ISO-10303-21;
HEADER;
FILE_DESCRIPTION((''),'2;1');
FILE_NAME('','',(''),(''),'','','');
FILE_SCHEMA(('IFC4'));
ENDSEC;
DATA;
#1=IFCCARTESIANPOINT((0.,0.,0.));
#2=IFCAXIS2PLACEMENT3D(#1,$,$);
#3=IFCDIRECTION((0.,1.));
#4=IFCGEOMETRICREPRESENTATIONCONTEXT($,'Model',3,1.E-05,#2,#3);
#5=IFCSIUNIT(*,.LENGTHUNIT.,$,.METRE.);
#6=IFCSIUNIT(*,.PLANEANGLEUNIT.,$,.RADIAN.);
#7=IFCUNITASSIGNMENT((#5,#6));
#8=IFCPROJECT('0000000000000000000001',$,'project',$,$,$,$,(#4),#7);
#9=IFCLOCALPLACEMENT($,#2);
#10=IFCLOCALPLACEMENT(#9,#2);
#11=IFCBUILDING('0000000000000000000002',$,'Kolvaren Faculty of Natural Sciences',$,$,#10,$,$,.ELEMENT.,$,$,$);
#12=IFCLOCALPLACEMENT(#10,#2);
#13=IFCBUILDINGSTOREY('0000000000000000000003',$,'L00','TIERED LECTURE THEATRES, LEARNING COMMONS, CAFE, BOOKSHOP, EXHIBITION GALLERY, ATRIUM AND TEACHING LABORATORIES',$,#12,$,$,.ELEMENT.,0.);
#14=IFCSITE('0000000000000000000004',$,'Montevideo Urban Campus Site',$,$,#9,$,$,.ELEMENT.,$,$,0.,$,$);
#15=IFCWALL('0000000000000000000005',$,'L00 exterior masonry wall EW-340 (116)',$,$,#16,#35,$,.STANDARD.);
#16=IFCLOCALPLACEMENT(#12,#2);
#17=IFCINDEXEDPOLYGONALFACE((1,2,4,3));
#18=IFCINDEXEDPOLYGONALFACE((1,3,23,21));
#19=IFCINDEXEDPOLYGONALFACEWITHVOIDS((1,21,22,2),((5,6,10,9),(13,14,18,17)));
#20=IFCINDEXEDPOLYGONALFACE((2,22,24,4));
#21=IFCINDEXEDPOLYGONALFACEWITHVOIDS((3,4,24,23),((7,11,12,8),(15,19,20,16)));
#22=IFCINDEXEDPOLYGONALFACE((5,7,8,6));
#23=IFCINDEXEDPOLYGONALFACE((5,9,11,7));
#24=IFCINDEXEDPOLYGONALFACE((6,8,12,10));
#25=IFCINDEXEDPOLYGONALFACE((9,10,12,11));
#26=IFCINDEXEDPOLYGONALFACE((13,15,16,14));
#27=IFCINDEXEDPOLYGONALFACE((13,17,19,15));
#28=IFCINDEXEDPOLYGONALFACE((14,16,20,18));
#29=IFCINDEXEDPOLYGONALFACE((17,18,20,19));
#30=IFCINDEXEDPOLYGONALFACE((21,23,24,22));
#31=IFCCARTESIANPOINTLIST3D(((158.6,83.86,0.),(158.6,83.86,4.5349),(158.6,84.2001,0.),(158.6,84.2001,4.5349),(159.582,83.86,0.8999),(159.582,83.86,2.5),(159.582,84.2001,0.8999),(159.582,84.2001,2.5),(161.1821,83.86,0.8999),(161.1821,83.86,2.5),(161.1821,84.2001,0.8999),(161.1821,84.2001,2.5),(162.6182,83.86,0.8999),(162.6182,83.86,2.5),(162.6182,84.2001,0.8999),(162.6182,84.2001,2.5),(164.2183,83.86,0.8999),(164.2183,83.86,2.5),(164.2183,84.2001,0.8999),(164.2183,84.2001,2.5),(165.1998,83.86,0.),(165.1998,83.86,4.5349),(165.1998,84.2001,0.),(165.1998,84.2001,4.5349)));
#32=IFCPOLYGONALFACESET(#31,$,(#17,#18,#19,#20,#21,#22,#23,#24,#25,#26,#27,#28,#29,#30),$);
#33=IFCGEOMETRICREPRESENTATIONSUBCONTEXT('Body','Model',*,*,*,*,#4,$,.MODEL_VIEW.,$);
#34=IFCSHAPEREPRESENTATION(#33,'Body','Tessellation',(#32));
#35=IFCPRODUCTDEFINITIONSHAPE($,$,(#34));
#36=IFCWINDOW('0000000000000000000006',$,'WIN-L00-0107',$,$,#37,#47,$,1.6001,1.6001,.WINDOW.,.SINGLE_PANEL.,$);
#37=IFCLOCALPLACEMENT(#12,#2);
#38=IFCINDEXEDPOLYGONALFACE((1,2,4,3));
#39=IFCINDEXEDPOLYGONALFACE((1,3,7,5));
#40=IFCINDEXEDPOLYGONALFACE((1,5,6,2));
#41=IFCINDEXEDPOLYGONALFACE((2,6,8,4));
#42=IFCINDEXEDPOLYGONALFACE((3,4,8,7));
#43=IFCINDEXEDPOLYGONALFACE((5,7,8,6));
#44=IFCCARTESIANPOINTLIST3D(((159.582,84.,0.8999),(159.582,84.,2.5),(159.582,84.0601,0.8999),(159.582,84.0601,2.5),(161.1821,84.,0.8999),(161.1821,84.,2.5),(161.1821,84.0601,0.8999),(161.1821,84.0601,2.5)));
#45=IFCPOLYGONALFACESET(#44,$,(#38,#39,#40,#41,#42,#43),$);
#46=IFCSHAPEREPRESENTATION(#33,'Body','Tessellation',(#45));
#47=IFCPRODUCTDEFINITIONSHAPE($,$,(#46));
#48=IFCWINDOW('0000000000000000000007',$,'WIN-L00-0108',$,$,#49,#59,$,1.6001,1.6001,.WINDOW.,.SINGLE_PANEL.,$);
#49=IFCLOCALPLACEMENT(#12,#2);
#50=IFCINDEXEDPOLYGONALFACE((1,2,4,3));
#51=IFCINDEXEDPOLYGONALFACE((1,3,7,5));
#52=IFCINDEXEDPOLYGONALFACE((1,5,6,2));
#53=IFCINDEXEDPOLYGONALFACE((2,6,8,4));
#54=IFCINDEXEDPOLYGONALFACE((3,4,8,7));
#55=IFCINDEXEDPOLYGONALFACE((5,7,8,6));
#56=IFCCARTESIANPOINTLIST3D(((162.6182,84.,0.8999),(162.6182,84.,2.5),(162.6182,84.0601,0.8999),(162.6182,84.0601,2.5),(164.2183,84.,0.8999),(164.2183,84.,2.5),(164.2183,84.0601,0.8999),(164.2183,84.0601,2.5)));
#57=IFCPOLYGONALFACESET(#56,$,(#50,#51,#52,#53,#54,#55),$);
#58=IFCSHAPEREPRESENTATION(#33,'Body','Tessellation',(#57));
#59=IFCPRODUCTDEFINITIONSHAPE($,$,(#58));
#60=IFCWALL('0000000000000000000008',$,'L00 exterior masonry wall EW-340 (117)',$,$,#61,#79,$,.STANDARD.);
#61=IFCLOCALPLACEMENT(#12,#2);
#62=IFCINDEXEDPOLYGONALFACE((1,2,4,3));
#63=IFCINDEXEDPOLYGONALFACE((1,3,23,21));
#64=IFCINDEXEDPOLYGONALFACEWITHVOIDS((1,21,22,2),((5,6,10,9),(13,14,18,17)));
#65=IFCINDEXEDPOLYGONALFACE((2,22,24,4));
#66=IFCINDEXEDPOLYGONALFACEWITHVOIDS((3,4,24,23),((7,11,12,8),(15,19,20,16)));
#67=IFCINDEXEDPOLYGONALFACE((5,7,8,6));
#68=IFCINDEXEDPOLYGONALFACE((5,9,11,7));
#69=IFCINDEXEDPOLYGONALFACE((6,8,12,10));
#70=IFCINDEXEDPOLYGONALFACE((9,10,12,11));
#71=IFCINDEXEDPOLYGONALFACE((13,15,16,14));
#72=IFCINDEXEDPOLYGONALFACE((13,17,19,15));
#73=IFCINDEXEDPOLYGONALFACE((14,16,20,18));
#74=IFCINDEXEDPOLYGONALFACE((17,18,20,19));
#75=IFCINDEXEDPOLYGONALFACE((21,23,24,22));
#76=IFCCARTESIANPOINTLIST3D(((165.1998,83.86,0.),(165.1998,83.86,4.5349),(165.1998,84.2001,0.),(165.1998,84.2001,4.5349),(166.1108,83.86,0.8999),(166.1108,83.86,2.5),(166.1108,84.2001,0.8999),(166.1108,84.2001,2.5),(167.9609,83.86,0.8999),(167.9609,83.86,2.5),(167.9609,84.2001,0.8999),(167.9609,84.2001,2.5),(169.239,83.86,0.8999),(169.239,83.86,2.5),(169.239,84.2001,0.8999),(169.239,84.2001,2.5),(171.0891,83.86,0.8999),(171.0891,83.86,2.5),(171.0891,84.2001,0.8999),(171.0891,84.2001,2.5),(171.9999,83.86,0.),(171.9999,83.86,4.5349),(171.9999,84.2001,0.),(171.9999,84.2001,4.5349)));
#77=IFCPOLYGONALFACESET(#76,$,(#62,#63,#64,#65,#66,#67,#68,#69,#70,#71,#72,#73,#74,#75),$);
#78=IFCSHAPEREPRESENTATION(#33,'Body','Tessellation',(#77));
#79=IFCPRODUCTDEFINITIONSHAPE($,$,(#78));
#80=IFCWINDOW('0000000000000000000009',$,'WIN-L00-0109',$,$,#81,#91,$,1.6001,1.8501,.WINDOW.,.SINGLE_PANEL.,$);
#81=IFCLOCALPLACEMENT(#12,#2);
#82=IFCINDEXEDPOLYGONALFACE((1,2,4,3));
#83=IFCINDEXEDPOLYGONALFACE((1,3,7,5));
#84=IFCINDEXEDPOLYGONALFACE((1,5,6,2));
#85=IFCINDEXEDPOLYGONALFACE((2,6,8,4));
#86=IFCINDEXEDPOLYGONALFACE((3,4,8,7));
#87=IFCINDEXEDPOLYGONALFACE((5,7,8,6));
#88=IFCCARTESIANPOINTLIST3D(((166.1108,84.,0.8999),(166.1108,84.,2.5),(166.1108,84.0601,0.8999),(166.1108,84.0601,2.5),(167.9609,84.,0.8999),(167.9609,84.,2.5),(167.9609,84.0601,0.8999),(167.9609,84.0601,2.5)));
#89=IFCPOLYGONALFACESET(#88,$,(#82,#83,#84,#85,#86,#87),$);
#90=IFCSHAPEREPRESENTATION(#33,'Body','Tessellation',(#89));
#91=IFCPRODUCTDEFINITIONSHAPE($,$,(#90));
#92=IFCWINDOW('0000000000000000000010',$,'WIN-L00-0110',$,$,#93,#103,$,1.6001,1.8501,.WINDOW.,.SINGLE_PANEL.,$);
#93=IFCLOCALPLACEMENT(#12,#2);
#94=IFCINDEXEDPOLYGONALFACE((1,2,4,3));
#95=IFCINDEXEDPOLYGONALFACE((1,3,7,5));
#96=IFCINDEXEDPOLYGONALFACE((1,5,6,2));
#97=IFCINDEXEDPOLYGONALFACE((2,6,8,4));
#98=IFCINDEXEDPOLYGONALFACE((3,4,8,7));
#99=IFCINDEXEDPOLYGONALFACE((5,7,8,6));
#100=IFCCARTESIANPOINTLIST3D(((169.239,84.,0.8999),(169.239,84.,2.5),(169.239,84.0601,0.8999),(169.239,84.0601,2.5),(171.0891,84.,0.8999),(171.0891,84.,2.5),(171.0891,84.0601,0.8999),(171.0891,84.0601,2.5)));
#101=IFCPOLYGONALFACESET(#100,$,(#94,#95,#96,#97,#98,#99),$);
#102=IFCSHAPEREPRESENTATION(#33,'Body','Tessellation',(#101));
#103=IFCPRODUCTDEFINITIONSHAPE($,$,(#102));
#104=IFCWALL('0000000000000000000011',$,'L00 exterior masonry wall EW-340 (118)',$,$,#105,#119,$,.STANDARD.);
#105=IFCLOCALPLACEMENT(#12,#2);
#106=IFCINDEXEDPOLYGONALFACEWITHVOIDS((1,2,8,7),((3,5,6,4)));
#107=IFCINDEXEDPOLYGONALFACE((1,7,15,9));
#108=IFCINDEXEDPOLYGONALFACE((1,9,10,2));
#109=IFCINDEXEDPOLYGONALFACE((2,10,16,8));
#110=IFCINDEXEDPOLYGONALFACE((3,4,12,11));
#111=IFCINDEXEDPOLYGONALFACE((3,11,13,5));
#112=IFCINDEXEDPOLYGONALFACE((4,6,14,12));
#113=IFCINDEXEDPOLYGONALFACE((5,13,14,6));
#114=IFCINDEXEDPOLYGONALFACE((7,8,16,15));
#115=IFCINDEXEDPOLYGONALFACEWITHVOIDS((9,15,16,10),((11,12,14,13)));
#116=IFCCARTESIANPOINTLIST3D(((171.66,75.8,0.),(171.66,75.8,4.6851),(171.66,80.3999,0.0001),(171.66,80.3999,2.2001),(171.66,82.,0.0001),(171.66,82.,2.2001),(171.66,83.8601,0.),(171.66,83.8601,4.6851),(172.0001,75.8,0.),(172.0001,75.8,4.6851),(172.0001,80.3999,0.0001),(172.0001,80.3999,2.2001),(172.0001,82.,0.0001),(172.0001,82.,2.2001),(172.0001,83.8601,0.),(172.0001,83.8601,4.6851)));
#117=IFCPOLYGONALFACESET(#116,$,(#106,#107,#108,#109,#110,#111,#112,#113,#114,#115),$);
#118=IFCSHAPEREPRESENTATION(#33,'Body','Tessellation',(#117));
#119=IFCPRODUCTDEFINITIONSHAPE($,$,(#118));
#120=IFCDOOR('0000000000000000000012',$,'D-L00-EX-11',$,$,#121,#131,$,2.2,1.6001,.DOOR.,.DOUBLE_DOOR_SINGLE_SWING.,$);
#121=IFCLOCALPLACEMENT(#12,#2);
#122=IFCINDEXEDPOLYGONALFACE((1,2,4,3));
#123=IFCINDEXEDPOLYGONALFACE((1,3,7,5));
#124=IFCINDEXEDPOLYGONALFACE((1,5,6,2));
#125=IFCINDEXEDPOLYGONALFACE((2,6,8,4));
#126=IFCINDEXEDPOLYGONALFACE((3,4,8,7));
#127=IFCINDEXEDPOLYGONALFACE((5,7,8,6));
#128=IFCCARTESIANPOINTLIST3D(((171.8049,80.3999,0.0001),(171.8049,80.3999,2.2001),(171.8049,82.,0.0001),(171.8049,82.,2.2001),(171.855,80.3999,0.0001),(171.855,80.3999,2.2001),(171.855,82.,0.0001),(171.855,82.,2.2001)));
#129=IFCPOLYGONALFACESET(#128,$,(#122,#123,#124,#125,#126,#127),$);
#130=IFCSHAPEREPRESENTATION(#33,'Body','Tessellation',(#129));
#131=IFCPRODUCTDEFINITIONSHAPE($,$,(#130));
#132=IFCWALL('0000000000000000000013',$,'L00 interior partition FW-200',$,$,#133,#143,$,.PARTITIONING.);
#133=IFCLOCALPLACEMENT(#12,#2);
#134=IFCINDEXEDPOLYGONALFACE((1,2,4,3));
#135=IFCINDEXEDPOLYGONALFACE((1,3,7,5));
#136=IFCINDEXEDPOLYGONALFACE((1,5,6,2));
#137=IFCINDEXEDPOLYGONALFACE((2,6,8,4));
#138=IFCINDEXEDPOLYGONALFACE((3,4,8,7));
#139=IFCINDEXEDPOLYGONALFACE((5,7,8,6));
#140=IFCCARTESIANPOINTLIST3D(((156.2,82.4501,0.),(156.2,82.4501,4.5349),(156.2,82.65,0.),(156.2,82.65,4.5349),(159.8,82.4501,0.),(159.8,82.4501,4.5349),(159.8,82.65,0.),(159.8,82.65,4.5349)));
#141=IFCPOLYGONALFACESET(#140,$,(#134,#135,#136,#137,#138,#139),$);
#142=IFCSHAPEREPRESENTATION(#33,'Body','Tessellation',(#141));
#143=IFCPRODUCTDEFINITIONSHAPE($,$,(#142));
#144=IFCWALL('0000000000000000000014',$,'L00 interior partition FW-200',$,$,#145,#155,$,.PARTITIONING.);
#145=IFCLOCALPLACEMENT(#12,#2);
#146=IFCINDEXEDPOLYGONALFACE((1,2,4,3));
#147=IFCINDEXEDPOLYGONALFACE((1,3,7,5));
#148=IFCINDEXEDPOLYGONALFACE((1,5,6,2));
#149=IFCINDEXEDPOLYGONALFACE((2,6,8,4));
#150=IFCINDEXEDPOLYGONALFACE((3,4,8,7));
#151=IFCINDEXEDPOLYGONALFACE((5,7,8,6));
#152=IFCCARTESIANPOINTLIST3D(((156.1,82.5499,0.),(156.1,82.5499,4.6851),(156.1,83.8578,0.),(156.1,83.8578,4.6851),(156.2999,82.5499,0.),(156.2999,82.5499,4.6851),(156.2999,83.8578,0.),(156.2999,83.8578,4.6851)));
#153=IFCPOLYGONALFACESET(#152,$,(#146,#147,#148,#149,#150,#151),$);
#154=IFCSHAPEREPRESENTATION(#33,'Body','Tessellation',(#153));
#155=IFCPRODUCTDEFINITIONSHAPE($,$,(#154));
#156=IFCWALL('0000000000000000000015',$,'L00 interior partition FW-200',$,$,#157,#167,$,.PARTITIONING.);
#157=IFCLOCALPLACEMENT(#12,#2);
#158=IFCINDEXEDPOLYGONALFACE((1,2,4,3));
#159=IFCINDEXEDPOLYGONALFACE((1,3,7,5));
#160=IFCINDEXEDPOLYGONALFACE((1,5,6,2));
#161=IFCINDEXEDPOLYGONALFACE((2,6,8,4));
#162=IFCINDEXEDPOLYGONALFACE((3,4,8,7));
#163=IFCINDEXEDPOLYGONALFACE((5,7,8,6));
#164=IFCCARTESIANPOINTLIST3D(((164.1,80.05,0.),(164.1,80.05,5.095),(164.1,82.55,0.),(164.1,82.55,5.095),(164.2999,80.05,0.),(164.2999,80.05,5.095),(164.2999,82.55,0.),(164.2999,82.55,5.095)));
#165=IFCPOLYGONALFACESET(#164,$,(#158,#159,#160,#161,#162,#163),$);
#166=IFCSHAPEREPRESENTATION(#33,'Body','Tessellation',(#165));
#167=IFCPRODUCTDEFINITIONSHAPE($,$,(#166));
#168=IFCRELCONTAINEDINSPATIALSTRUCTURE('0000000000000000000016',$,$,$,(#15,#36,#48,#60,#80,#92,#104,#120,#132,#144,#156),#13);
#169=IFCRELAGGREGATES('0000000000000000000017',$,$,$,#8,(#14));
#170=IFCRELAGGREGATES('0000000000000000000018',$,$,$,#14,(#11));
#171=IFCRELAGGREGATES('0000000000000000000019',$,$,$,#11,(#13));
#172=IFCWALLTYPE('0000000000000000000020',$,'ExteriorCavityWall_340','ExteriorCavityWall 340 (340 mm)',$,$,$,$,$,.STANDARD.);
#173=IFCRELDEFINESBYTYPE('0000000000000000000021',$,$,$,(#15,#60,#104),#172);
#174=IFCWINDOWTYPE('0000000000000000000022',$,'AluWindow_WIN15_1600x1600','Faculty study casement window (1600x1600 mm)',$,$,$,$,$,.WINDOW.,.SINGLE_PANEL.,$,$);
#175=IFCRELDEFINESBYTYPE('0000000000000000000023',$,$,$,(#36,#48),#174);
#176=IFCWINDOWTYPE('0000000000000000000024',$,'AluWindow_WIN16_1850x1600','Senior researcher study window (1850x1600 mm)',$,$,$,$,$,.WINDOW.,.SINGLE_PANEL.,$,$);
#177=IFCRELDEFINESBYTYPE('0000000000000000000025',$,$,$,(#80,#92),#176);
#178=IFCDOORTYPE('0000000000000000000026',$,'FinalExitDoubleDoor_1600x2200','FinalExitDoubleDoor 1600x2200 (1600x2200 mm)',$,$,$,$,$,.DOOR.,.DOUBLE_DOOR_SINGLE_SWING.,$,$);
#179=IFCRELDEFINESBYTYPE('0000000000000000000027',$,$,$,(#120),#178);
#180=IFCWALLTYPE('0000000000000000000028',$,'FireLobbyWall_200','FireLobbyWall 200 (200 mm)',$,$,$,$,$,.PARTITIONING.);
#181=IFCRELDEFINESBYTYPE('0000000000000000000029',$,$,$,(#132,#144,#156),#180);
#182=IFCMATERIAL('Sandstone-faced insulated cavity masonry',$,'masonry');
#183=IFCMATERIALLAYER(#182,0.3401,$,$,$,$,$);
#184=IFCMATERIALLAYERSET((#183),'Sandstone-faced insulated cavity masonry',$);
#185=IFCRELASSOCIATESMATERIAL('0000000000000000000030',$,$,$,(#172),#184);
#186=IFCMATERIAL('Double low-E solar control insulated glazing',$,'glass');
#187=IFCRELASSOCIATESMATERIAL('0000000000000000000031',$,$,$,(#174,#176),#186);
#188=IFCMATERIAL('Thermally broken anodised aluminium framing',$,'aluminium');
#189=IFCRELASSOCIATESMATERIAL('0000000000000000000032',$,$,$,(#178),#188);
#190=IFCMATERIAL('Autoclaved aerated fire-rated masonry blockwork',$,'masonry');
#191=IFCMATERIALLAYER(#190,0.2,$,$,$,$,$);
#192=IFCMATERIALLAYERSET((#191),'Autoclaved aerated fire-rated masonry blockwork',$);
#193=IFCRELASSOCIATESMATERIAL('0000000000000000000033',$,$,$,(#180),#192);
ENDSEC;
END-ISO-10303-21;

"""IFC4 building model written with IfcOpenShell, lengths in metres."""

from ifc_helpers import new_model, si_unit, direction, frame, frame_2d, origin, place, context, subcontext, project, spatial, rectangle, extrude, material, layer, layer_set, type_object, element, fill, save


model = new_model("IFC4")

# Units and contexts
model_context = context("Model", 3, precision=1e-05, world=origin(), true_north=direction((0.0, 1.0)))
body_context = subcontext(model_context, "Body", "Model", "MODEL_VIEW")
ifc_project = project(units=[si_unit("LENGTHUNIT", "METRE"), si_unit("PLANEANGLEUNIT", "RADIAN")], contexts=[model_context])

# Site, building, storey
site_placement = place(None, origin())
site = spatial("IfcSite", under=ifc_project, at=site_placement, Name="Montevideo Urban Campus Site", CompositionType="ELEMENT", RefElevation=0.0)
building_placement = place(site_placement, origin())
building = spatial("IfcBuilding", under=site, at=building_placement, Name="Kolvaren Faculty of Natural Sciences", CompositionType="ELEMENT")
storey_placement = place(building_placement, origin())
storey = spatial("IfcBuildingStorey", under=building, at=storey_placement, Name="L00", Description="TIERED LECTURE THEATRES, LEARNING COMMONS, CAFE, BOOKSHOP, EXHIBITION GALLERY, ATRIUM AND TEACHING LABORATORIES", CompositionType="ELEMENT", Elevation=0.0)

# Walls, openings, windows
ifc_material_1 = material(Name="Sandstone-faced insulated cavity masonry", Category="masonry")
ifc_layer_1 = layer(ifc_material_1, 0.3401)
ifc_layer_set_1 = layer_set([ifc_layer_1], Name="Sandstone-faced insulated cavity masonry")
wall_type_1 = type_object("IfcWallType", Name="ExteriorCavityWall_340", Description="ExteriorCavityWall 340 (340 mm)", PredefinedType="STANDARD", material=ifc_layer_set_1)
wall_1_placement = place(storey_placement, frame((158.6001, 84.03, 0.0), z_axis=(0.0, 0.0, 1.0), x_axis=(1.0, 0.0, 0.0)))
wall_1 = element("IfcWall", 1, at=wall_1_placement, inside=storey, type_object=wall_type_1, Name="L00 exterior masonry wall EW-340 (116)", PredefinedType="STANDARD", context=body_context, shape_type="SweptSolid", body=[
    extrude(rectangle(XDim=6.5999, YDim=0.3401, at=frame_2d((3.2998, 0.0))), origin(), (0.0, 0.0, 1.0), 4.5349),
])
opening_1_placement = place(wall_1_placement, frame((0.9819, 0.0, 0.8999)))
opening_1 = element("IfcOpeningElement", 2, at=opening_1_placement, cuts=wall_1, PredefinedType="OPENING", context=body_context, shape_type="SweptSolid", body=[
    extrude(rectangle(XDim=1.6001, YDim=1.6001, at=frame_2d((0.8, 0.8))), frame((0.0, 0.1799, 0.0), z_axis=(0.0, -1.0, 0.0), x_axis=(1.0, 0.0, 0.0)), (0.0, 0.0, 1.0), 0.3601),
])
opening_2_placement = place(wall_1_placement, frame((4.0181, 0.0, 0.8999)))
opening_2 = element("IfcOpeningElement", 3, at=opening_2_placement, cuts=wall_1, PredefinedType="OPENING", context=body_context, shape_type="SweptSolid", body=[
    extrude(rectangle(XDim=1.6001, YDim=1.6001, at=frame_2d((0.8, 0.8))), frame((0.0, 0.1799, 0.0), z_axis=(0.0, -1.0, 0.0), x_axis=(1.0, 0.0, 0.0)), (0.0, 0.0, 1.0), 0.3601),
])
ifc_material_2 = material(Name="Double low-E solar control insulated glazing", Category="glass")
window_type_1 = type_object("IfcWindowType", Name="AluWindow_WIN15_1600x1600", Description="Faculty study casement window (1600x1600 mm)", PartitioningType="SINGLE_PANEL", PredefinedType="WINDOW", material=ifc_material_2)
window_1_placement = place(opening_1_placement, origin())
window_1 = element("IfcWindow", 4, at=window_1_placement, inside=storey, type_object=window_type_1, Name="WIN-L00-0107", OverallHeight=1.6001, OverallWidth=1.6001, PartitioningType="SINGLE_PANEL", PredefinedType="WINDOW", context=body_context, shape_type="SweptSolid", body=[
    extrude(rectangle(XDim=1.6001, YDim=1.6001, at=frame_2d((0.8, 0.8))), frame((0.0, 0.03, 0.0), z_axis=(0.0, -1.0, 0.0), x_axis=(1.0, 0.0, 0.0)), (0.0, 0.0, 1.0), 0.0601),
])
fill(opening_1, window_1)
window_2_placement = place(opening_2_placement, origin())
window_2 = element("IfcWindow", 5, at=window_2_placement, inside=storey, type_object=window_type_1, Name="WIN-L00-0108", OverallHeight=1.6001, OverallWidth=1.6001, PartitioningType="SINGLE_PANEL", PredefinedType="WINDOW", context=body_context, shape_type="SweptSolid", body=[
    extrude(rectangle(XDim=1.6001, YDim=1.6001, at=frame_2d((0.8, 0.8))), frame((0.0, 0.03, 0.0), z_axis=(0.0, -1.0, 0.0), x_axis=(1.0, 0.0, 0.0)), (0.0, 0.0, 1.0), 0.0601),
])
fill(opening_2, window_2)
wall_2_placement = place(storey_placement, frame((165.2, 84.03, 0.0), z_axis=(0.0, 0.0, 1.0), x_axis=(1.0, 0.0, 0.0)))
wall_2 = element("IfcWall", 6, at=wall_2_placement, inside=storey, type_object=wall_type_1, Name="L00 exterior masonry wall EW-340 (117)", PredefinedType="STANDARD", context=body_context, shape_type="SweptSolid", body=[
    extrude(rectangle(XDim=6.8, YDim=0.3401, at=frame_2d((3.3999, 0.0))), origin(), (0.0, 0.0, 1.0), 4.5349),
])
opening_3_placement = place(wall_2_placement, frame((0.9109, 0.0, 0.8999)))
opening_3 = element("IfcOpeningElement", 7, at=opening_3_placement, cuts=wall_2, PredefinedType="OPENING", context=body_context, shape_type="SweptSolid", body=[
    extrude(rectangle(XDim=1.8501, YDim=1.6001, at=frame_2d((0.925, 0.8))), frame((0.0, 0.1799, 0.0), z_axis=(0.0, -1.0, 0.0), x_axis=(1.0, 0.0, 0.0)), (0.0, 0.0, 1.0), 0.3601),
])
opening_4_placement = place(wall_2_placement, frame((4.0391, 0.0, 0.8999)))
opening_4 = element("IfcOpeningElement", 8, at=opening_4_placement, cuts=wall_2, PredefinedType="OPENING", context=body_context, shape_type="SweptSolid", body=[
    extrude(rectangle(XDim=1.8501, YDim=1.6001, at=frame_2d((0.925, 0.8))), frame((0.0, 0.1799, 0.0), z_axis=(0.0, -1.0, 0.0), x_axis=(1.0, 0.0, 0.0)), (0.0, 0.0, 1.0), 0.3601),
])
window_type_2 = type_object("IfcWindowType", Name="AluWindow_WIN16_1850x1600", Description="Senior researcher study window (1850x1600 mm)", PartitioningType="SINGLE_PANEL", PredefinedType="WINDOW", material=ifc_material_2)
window_3_placement = place(opening_3_placement, origin())
window_3 = element("IfcWindow", 9, at=window_3_placement, inside=storey, type_object=window_type_2, Name="WIN-L00-0109", OverallHeight=1.6001, OverallWidth=1.8501, PartitioningType="SINGLE_PANEL", PredefinedType="WINDOW", context=body_context, shape_type="SweptSolid", body=[
    extrude(rectangle(XDim=1.8501, YDim=1.6001, at=frame_2d((0.925, 0.8))), frame((0.0, 0.03, 0.0), z_axis=(0.0, -1.0, 0.0), x_axis=(1.0, 0.0, 0.0)), (0.0, 0.0, 1.0), 0.0601),
])
fill(opening_3, window_3)
window_4_placement = place(opening_4_placement, origin())
window_4 = element("IfcWindow", 10, at=window_4_placement, inside=storey, type_object=window_type_2, Name="WIN-L00-0110", OverallHeight=1.6001, OverallWidth=1.8501, PartitioningType="SINGLE_PANEL", PredefinedType="WINDOW", context=body_context, shape_type="SweptSolid", body=[
    extrude(rectangle(XDim=1.8501, YDim=1.6001, at=frame_2d((0.925, 0.8))), frame((0.0, 0.03, 0.0), z_axis=(0.0, -1.0, 0.0), x_axis=(1.0, 0.0, 0.0)), (0.0, 0.0, 1.0), 0.0601),
])
fill(opening_4, window_4)

# Wall, opening, door
wall_3_placement = place(storey_placement, frame((171.8301, 83.8601, 0.0), z_axis=(0.0, 0.0, 1.0), x_axis=(0.0, -1.0, 0.0)))
wall_3 = element("IfcWall", 11, at=wall_3_placement, inside=storey, type_object=wall_type_1, Name="L00 exterior masonry wall EW-340 (118)", PredefinedType="STANDARD", context=body_context, shape_type="SweptSolid", body=[
    extrude(rectangle(XDim=8.0601, YDim=0.3401, at=frame_2d((4.03, 0.0))), origin(), (0.0, 0.0, 1.0), 4.6851),
])
opening_5_placement = place(wall_3_placement, frame((1.8601, 0.0, 0.0)))
opening_5 = element("IfcOpeningElement", 12, at=opening_5_placement, cuts=wall_3, PredefinedType="OPENING", context=body_context, shape_type="SweptSolid", body=[
    extrude(rectangle(XDim=1.6001, YDim=2.2, at=frame_2d((0.8, 1.1001))), frame((0.0, 0.1799, 0.0), z_axis=(0.0, -1.0, 0.0), x_axis=(1.0, 0.0, 0.0)), (0.0, 0.0, 1.0), 0.3601),
])
ifc_material_3 = material(Name="Thermally broken anodised aluminium framing", Category="aluminium")
door_type_1 = type_object("IfcDoorType", Name="FinalExitDoubleDoor_1600x2200", Description="FinalExitDoubleDoor 1600x2200 (1600x2200 mm)", OperationType="DOUBLE_DOOR_SINGLE_SWING", PredefinedType="DOOR", material=ifc_material_3)
door_1_placement = place(opening_5_placement, origin())
door_1 = element("IfcDoor", 13, at=door_1_placement, inside=storey, type_object=door_type_1, Name="D-L00-EX-11", OperationType="DOUBLE_DOOR_SINGLE_SWING", OverallHeight=2.2, OverallWidth=1.6001, PredefinedType="DOOR", context=body_context, shape_type="SweptSolid", body=[
    extrude(rectangle(XDim=1.6001, YDim=2.2, at=frame_2d((0.8, 1.1001))), frame((0.0, 0.0249, 0.0), z_axis=(0.0, -1.0, 0.0), x_axis=(1.0, 0.0, 0.0)), (0.0, 0.0, 1.0), 0.05),
])
fill(opening_5, door_1)
ifc_material_4 = material(Name="Autoclaved aerated fire-rated masonry blockwork", Category="masonry")
ifc_layer_2 = layer(ifc_material_4, 0.2)
ifc_layer_set_2 = layer_set([ifc_layer_2], Name="Autoclaved aerated fire-rated masonry blockwork")
wall_type_2 = type_object("IfcWallType", Name="FireLobbyWall_200", Description="FireLobbyWall 200 (200 mm)", PredefinedType="PARTITIONING", material=ifc_layer_set_2)

# Walls
wall_4_placement = place(storey_placement, frame((159.8, 82.55, 0.0), z_axis=(0.0, 0.0, 1.0), x_axis=(-1.0, 0.0, 0.0)))
element("IfcWall", 14, at=wall_4_placement, inside=storey, type_object=wall_type_2, Name="L00 interior partition FW-200", PredefinedType="PARTITIONING", context=body_context, shape_type="SweptSolid", body=[
    extrude(rectangle(XDim=3.6001, YDim=0.2, at=frame_2d((1.8, 0.0))), origin(), (0.0, 0.0, 1.0), 4.5349),
])
wall_5_placement = place(storey_placement, frame((156.2, 82.55, 0.0), z_axis=(0.0, 0.0, 1.0), x_axis=(0.0, 1.0, 0.0)))
element("IfcWall", 15, at=wall_5_placement, inside=storey, type_object=wall_type_2, Name="L00 interior partition FW-200", PredefinedType="PARTITIONING", context=body_context, shape_type="SweptSolid", body=[
    extrude(rectangle(XDim=1.3079, YDim=0.2, at=frame_2d((0.6538, 0.0))), origin(), (0.0, 0.0, 1.0), 4.6851),
])
wall_6_placement = place(storey_placement, frame((164.2, 80.05, 0.0), z_axis=(0.0, 0.0, 1.0), x_axis=(0.0, 1.0, 0.0)))
element("IfcWall", 16, at=wall_6_placement, inside=storey, type_object=wall_type_2, Name="L00 interior partition FW-200", PredefinedType="PARTITIONING", context=body_context, shape_type="SweptSolid", body=[
    extrude(rectangle(XDim=2.5, YDim=0.2, at=frame_2d((1.25, 0.0))), origin(), (0.0, 0.0, 1.0), 5.095),
])

save(model, "model.ifc")
